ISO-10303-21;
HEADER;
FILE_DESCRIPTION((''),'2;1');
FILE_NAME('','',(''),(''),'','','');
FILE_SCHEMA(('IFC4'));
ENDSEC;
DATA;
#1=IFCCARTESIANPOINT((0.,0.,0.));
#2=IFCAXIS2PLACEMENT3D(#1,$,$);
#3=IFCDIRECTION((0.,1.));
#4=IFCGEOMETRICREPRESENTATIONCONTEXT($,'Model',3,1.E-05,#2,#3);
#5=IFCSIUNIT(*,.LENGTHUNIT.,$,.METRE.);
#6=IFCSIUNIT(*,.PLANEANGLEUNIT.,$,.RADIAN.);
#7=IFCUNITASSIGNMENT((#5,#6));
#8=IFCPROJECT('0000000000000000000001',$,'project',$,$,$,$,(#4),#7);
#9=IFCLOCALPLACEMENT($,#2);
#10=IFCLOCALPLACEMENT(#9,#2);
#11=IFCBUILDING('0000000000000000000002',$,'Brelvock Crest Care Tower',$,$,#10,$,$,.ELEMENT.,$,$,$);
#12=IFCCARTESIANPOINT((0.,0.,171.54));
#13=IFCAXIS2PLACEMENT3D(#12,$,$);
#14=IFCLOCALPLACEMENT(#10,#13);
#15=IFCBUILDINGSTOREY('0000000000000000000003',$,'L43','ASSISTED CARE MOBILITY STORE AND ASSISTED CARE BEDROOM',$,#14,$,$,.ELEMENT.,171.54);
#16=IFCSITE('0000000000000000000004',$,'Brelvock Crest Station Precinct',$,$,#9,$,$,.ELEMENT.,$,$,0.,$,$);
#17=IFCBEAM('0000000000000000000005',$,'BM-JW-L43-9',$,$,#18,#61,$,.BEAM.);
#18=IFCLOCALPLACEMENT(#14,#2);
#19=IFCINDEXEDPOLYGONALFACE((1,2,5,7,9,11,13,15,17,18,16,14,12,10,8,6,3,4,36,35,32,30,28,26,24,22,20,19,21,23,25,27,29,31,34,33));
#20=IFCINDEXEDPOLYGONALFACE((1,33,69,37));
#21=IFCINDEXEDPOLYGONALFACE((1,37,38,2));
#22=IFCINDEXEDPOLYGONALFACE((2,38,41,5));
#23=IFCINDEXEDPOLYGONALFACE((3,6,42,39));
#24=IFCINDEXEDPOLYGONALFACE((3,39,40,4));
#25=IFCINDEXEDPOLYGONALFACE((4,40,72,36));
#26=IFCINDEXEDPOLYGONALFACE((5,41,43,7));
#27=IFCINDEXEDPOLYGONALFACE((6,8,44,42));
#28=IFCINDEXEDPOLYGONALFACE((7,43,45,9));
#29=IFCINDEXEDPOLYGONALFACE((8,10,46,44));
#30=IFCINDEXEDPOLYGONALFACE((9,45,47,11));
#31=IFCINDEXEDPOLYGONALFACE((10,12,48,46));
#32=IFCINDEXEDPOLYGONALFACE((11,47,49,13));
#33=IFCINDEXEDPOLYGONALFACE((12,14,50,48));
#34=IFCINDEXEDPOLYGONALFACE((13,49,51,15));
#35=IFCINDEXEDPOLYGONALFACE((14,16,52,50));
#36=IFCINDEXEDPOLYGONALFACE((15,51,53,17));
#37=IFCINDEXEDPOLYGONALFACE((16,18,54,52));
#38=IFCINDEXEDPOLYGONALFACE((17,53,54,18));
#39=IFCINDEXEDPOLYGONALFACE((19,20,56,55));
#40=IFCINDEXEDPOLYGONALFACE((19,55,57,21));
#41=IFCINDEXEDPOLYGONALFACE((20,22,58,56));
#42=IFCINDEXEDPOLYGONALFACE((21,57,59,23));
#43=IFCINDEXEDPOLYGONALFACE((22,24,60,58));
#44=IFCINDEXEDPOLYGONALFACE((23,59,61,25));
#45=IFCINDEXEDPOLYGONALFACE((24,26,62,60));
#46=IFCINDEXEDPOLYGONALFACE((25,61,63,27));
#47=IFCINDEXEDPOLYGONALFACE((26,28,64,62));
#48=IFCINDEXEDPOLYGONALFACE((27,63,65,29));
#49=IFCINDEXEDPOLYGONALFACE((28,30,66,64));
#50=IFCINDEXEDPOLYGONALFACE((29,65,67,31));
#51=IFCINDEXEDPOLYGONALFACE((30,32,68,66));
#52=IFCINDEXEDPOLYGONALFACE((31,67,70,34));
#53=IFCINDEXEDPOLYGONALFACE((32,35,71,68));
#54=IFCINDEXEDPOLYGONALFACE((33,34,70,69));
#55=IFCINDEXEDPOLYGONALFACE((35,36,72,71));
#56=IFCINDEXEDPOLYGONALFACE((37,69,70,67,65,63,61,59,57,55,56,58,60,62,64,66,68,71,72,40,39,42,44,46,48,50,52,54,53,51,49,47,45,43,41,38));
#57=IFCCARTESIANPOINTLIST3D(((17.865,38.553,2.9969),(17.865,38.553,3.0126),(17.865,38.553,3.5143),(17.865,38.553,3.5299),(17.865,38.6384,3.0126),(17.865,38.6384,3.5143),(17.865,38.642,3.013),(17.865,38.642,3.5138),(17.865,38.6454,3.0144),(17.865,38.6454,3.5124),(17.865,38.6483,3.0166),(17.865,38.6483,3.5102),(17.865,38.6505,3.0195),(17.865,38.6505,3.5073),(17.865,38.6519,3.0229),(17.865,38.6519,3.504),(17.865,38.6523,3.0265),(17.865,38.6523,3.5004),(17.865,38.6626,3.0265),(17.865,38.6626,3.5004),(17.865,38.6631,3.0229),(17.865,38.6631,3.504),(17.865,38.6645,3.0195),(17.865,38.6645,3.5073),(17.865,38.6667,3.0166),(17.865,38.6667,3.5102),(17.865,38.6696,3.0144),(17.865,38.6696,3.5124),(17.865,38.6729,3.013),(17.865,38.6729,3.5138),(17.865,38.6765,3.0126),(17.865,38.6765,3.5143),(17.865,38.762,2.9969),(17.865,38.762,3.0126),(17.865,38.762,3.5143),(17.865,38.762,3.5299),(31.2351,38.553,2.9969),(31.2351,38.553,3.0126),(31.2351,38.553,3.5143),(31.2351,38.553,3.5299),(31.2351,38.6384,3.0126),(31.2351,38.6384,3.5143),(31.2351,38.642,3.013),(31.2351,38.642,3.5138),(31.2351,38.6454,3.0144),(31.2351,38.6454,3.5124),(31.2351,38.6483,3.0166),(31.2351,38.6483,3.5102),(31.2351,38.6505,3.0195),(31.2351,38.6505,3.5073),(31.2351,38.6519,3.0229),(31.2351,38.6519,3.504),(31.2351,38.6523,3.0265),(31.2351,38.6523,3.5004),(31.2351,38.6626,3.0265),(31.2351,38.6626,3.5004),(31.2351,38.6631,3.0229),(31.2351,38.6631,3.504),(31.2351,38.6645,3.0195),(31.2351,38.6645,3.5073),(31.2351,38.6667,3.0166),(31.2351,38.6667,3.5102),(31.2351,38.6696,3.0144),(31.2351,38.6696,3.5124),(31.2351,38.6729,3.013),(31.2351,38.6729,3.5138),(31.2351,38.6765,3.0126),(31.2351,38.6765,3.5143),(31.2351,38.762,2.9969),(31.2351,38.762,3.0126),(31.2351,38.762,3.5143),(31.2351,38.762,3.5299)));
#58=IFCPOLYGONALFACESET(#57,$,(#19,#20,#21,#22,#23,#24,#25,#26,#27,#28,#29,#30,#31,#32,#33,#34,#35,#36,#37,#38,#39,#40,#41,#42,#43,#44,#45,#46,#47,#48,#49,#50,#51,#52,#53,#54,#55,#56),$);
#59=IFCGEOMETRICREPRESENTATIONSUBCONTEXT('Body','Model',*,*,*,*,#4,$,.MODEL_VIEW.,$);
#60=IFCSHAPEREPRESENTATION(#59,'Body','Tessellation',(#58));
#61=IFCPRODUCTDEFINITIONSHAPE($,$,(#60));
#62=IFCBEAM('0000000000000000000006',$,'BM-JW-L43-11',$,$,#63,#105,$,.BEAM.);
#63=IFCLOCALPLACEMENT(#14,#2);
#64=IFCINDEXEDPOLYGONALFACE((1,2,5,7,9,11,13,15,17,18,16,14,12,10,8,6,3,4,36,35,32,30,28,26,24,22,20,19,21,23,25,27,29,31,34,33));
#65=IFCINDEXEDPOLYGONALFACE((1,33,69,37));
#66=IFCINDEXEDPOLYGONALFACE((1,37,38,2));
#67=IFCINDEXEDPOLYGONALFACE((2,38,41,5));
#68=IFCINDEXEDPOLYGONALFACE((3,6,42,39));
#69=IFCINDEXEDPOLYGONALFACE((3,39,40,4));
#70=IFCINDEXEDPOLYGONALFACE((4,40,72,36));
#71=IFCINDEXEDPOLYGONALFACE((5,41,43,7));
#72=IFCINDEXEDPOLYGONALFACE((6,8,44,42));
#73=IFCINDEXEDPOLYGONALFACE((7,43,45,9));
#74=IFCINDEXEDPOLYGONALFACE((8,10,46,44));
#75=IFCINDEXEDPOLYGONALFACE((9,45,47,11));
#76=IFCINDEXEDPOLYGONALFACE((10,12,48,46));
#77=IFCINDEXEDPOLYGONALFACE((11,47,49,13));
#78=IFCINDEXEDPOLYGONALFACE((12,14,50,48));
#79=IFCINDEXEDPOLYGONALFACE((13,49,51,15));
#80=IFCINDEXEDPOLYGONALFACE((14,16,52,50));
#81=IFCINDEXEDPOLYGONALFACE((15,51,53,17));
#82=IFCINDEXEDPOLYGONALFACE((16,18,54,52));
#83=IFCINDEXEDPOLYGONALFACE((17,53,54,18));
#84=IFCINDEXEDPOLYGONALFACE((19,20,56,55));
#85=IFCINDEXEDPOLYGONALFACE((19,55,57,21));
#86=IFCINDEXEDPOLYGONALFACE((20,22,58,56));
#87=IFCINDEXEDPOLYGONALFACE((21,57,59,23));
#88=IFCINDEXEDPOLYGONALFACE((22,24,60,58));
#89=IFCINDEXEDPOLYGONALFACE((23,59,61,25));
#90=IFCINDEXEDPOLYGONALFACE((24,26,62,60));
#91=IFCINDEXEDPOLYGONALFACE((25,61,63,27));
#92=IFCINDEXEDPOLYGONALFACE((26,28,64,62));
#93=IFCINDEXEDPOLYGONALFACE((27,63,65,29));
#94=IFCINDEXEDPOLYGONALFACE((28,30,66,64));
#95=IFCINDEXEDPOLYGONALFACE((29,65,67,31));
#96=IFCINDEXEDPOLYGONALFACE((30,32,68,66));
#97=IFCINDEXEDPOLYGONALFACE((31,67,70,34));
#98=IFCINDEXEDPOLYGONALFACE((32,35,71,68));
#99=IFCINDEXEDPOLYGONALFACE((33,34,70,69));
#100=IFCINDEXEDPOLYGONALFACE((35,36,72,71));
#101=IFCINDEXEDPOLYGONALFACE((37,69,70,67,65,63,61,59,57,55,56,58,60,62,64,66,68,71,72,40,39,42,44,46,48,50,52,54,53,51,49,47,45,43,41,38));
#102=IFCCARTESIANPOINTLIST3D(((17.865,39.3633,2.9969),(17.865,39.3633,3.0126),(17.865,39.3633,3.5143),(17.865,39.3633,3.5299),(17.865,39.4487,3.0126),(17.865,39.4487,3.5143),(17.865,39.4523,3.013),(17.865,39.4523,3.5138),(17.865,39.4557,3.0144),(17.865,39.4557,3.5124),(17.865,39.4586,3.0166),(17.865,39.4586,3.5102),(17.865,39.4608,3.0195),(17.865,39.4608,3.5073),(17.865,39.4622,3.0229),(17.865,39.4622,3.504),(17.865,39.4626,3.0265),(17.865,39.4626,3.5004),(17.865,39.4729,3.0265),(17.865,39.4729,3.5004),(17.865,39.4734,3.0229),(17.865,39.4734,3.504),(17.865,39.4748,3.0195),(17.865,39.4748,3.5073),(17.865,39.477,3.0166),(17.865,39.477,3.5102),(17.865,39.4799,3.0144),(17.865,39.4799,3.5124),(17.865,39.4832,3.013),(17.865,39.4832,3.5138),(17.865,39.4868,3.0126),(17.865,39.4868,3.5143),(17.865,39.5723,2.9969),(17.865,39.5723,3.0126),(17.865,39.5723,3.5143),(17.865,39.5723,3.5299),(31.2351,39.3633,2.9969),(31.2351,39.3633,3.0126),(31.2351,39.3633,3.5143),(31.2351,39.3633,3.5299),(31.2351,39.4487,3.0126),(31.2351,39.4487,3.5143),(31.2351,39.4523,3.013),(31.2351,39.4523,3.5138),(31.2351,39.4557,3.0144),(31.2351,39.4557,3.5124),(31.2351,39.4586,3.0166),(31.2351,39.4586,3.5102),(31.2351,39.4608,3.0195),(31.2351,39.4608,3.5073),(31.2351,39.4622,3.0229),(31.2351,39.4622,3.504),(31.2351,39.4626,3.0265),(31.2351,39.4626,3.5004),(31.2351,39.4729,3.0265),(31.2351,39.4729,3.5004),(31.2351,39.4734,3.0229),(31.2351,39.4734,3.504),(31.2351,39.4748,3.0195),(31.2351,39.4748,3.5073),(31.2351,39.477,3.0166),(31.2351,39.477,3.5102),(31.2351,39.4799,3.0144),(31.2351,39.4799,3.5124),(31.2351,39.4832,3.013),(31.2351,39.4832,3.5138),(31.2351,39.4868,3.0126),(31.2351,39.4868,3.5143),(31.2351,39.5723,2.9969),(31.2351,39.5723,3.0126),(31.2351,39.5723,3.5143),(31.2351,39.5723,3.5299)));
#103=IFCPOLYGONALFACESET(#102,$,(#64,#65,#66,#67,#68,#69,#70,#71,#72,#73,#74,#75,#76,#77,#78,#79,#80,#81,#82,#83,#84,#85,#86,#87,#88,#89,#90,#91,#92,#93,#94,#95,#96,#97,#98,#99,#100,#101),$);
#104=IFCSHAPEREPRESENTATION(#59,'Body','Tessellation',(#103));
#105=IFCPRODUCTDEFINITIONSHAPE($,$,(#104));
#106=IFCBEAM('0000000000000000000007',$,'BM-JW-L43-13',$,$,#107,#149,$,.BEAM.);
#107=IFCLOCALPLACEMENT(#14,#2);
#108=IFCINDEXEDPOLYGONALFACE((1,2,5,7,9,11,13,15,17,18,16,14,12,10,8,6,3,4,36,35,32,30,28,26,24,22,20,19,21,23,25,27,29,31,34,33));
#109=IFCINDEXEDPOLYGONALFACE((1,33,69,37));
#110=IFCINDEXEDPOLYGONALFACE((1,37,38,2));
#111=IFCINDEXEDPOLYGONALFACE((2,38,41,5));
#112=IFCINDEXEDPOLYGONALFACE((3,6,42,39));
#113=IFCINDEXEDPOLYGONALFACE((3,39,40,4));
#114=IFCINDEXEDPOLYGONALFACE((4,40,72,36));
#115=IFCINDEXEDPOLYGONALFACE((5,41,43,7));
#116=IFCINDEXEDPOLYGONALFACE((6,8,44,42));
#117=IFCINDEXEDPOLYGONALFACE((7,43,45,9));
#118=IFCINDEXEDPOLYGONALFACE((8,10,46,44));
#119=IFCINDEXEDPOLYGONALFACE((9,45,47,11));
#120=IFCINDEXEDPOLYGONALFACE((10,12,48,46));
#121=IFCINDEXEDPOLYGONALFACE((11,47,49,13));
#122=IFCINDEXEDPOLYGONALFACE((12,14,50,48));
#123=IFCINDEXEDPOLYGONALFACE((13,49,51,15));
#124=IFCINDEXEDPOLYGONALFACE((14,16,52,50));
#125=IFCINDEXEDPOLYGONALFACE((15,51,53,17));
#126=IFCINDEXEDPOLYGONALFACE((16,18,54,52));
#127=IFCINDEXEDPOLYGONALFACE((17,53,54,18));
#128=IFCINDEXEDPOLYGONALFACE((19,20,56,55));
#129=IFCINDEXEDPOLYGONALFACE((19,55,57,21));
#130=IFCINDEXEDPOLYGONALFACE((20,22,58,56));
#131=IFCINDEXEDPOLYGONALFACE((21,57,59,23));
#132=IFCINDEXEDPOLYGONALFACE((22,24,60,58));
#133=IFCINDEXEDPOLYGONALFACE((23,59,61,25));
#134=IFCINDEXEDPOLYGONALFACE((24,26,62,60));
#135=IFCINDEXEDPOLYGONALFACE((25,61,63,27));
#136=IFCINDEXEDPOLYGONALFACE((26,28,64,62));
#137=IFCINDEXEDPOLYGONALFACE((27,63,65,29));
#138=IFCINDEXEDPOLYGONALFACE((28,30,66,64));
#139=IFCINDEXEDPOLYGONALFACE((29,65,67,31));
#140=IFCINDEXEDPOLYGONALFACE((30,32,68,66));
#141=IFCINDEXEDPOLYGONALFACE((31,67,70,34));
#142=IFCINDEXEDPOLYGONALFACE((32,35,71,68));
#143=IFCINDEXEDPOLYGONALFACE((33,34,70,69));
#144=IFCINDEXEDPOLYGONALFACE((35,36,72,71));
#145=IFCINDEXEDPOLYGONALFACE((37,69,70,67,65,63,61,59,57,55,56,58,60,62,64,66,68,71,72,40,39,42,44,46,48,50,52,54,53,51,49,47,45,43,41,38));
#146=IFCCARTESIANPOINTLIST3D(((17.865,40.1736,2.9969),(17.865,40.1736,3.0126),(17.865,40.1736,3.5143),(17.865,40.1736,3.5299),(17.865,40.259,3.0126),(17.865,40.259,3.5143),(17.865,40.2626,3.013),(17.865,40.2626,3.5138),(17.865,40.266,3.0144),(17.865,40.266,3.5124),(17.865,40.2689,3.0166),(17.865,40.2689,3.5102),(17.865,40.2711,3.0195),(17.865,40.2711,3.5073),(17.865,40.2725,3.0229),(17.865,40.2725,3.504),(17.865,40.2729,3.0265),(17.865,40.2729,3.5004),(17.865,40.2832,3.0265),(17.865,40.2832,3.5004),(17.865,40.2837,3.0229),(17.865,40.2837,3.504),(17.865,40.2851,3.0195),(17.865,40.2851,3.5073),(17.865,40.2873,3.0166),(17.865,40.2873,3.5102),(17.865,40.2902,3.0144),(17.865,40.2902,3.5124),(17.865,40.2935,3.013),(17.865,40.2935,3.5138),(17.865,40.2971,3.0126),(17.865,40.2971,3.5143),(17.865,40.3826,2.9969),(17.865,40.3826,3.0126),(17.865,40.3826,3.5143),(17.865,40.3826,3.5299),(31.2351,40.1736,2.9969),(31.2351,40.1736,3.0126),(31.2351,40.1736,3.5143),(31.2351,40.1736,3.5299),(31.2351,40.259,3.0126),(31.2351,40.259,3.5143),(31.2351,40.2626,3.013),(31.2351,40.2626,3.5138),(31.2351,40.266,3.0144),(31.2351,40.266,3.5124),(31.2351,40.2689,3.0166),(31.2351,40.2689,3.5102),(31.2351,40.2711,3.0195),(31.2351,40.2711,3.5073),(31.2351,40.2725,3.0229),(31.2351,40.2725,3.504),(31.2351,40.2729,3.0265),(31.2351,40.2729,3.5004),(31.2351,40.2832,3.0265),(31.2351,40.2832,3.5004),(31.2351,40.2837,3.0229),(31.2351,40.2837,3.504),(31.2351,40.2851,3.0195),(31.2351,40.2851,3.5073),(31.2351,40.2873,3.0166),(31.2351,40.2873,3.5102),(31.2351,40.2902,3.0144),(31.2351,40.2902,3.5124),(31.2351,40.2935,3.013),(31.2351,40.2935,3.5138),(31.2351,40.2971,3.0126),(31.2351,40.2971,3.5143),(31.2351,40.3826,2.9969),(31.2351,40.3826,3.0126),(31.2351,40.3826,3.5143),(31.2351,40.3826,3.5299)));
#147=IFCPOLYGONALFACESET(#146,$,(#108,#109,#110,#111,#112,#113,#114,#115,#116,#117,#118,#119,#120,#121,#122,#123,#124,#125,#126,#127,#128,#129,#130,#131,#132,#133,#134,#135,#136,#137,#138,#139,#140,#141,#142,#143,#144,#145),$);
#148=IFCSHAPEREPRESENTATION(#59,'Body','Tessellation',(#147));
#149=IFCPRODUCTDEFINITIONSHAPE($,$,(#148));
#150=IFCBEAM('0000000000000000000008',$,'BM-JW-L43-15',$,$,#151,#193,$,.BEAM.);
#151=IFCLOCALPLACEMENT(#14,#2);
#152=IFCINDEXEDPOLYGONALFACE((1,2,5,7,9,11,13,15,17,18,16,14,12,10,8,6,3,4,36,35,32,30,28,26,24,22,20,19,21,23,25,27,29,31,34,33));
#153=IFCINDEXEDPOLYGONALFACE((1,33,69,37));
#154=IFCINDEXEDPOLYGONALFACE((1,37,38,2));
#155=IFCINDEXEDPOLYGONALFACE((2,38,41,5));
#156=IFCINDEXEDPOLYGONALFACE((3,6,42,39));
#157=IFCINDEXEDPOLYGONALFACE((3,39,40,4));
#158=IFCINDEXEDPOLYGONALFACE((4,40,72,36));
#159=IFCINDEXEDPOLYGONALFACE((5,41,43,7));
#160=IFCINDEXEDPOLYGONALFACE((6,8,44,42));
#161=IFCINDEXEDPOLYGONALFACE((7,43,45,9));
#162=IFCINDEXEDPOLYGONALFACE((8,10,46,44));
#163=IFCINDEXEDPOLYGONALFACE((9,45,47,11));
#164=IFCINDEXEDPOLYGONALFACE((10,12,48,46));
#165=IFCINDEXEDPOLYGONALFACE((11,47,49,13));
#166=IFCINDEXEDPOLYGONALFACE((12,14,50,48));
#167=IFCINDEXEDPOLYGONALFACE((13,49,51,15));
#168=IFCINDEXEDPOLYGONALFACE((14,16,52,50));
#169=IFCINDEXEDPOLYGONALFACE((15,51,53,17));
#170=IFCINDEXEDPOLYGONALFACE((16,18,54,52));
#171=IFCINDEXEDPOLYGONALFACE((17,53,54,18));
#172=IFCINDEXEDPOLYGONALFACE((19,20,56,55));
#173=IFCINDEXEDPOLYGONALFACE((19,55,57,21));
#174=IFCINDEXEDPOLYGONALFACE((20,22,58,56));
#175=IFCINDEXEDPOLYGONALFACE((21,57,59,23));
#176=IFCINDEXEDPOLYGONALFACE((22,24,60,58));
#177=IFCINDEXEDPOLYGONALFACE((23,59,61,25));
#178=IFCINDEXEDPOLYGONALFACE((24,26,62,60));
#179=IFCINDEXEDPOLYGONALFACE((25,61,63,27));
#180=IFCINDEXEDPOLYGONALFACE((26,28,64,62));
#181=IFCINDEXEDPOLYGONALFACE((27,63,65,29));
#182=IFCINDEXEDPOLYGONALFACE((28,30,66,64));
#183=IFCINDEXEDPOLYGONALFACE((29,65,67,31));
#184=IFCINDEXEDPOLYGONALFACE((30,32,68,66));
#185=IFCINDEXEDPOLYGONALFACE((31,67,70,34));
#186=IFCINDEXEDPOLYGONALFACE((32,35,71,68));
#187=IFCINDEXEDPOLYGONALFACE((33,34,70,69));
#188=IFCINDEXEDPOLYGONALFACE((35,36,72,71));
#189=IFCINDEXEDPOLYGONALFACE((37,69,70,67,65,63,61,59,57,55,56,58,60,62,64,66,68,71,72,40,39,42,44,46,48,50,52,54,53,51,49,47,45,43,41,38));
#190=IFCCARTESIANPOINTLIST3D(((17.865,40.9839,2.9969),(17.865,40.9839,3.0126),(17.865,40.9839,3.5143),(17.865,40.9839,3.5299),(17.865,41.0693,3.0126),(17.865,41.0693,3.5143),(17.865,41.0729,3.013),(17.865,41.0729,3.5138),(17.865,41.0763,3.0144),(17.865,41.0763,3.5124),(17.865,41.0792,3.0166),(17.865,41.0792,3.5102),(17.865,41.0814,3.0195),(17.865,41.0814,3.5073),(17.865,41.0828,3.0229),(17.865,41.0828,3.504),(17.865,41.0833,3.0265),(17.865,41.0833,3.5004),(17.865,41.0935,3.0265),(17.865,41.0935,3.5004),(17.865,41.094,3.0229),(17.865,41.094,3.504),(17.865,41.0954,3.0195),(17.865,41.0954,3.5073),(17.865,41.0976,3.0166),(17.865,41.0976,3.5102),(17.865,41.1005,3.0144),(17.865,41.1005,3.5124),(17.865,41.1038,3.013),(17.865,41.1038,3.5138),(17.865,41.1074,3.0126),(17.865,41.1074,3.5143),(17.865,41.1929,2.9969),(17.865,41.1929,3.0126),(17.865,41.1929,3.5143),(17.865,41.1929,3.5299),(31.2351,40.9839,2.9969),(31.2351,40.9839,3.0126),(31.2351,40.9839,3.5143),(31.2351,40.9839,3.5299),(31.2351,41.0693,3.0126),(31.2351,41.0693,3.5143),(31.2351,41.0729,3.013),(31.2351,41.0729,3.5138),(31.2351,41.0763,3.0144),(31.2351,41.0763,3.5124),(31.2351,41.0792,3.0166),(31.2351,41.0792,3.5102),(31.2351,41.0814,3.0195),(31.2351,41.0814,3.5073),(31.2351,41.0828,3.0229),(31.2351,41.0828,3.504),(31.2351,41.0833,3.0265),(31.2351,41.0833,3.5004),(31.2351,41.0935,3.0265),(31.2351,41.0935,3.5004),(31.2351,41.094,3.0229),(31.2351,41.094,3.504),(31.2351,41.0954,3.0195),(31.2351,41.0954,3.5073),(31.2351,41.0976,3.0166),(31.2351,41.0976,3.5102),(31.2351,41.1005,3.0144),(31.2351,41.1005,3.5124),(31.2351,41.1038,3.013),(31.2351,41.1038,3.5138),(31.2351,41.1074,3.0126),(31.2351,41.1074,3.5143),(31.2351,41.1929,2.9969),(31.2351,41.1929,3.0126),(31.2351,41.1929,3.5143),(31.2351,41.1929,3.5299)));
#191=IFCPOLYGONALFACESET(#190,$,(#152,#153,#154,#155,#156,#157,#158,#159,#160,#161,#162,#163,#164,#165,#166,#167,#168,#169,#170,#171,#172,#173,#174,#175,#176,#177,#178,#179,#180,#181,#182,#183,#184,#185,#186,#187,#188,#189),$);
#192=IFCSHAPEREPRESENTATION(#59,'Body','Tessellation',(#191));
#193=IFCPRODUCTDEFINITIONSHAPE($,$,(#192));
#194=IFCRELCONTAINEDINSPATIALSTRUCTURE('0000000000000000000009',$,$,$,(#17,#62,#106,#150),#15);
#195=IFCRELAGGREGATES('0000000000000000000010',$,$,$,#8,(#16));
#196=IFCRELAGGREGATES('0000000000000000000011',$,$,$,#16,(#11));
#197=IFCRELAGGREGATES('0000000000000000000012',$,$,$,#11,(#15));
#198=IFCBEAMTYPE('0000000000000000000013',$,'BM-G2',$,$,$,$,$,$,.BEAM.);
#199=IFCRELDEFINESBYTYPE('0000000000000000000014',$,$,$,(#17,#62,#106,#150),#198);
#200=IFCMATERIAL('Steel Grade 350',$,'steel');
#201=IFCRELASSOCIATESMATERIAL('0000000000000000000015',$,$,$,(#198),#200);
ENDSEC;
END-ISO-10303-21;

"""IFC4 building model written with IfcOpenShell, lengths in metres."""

from ifc_helpers import new_model, si_unit, direction, frame, origin, origin_2d, place, context, subcontext, project, spatial, i_section, extrude, source, transform, mapped, material, material_profile, profile_set, type_object, element, save


model = new_model("IFC4")

# Units and contexts
model_context = context("Model", 3, precision=1e-05, world=origin(), true_north=direction((0.0, 1.0)))
body_context = subcontext(model_context, "Body", "Model", "MODEL_VIEW")
ifc_project = project(units=[si_unit("LENGTHUNIT", "METRE"), si_unit("PLANEANGLEUNIT", "RADIAN")], contexts=[model_context])

# Site, building, storey
site_placement = place(None, origin())
site = spatial("IfcSite", under=ifc_project, at=site_placement, Name="Brelvock Crest Station Precinct", CompositionType="ELEMENT", RefElevation=0.0)
building_placement = place(site_placement, origin())
building = spatial("IfcBuilding", under=site, at=building_placement, Name="Brelvock Crest Care Tower", CompositionType="ELEMENT")
storey_placement = place(building_placement, frame((0.0, 0.0, 171.54)))
storey = spatial("IfcBuildingStorey", under=building, at=storey_placement, Name="L43", Description="ASSISTED CARE MOBILITY STORE AND ASSISTED CARE BEDROOM", CompositionType="ELEMENT", Elevation=171.54)

# Shared definitions
ifc_material_1 = material(Name="Steel Grade 350", Category="steel")

# Beams
ifc_material_profile_1 = material_profile(ifc_material_1, i_section(OverallWidth=0.209, OverallDepth=0.533, WebThickness=0.0103, FlangeThickness=0.0156, FilletRadius=0.0139, at=origin_2d()), Name="530UB92.4")
ifc_profile_set_1 = profile_set([ifc_material_profile_1], Name="Steel Grade 350")
beam_type_1 = type_object("IfcBeamType", Name="BM-G2", PredefinedType="BEAM", material=ifc_profile_set_1)
shared_shape_1 = source(origin(), body_context, "Body", "SweptSolid", [
    extrude(i_section(OverallWidth=0.209, OverallDepth=0.533, WebThickness=0.0103, FlangeThickness=0.0156, FilletRadius=0.0139, at=origin_2d()), origin(), (0.0, 0.0, 1.0), 13.3701),
])
for number, where, z_axis, x_axis, name in (
    (1, (17.865, 38.6575, 3.2634), (1.0, 0.0, 0.0), (0.0, 1.0, 0.0), "BM-JW-L43-9"),
    (2, (17.865, 39.4678, 3.2634), (1.0, 0.0, 0.0), (0.0, 1.0, 0.0), "BM-JW-L43-11"),
    (3, (17.865, 40.2781, 3.2634), (1.0, 0.0, 0.0), (0.0, 1.0, 0.0), "BM-JW-L43-13"),
    (4, (17.865, 41.0884, 3.2634), (1.0, 0.0, 0.0), (0.0, 1.0, 0.0), "BM-JW-L43-15"),
):
    element("IfcBeam", number, at=place(storey_placement, frame(where, z_axis=z_axis, x_axis=x_axis)), inside=storey, type_object=beam_type_1, Name=name, PredefinedType="BEAM", context=body_context, shape_type="MappedRepresentation", body=[
        mapped(shared_shape_1, transform((0.0, 0.0, 0.0), x_axis=(1.0, 0.0, 0.0), y_axis=(0.0, 1.0, 0.0), z_axis=(0.0, 0.0, 1.0), scale=1.0)),
    ])

save(model, "model.ifc")
